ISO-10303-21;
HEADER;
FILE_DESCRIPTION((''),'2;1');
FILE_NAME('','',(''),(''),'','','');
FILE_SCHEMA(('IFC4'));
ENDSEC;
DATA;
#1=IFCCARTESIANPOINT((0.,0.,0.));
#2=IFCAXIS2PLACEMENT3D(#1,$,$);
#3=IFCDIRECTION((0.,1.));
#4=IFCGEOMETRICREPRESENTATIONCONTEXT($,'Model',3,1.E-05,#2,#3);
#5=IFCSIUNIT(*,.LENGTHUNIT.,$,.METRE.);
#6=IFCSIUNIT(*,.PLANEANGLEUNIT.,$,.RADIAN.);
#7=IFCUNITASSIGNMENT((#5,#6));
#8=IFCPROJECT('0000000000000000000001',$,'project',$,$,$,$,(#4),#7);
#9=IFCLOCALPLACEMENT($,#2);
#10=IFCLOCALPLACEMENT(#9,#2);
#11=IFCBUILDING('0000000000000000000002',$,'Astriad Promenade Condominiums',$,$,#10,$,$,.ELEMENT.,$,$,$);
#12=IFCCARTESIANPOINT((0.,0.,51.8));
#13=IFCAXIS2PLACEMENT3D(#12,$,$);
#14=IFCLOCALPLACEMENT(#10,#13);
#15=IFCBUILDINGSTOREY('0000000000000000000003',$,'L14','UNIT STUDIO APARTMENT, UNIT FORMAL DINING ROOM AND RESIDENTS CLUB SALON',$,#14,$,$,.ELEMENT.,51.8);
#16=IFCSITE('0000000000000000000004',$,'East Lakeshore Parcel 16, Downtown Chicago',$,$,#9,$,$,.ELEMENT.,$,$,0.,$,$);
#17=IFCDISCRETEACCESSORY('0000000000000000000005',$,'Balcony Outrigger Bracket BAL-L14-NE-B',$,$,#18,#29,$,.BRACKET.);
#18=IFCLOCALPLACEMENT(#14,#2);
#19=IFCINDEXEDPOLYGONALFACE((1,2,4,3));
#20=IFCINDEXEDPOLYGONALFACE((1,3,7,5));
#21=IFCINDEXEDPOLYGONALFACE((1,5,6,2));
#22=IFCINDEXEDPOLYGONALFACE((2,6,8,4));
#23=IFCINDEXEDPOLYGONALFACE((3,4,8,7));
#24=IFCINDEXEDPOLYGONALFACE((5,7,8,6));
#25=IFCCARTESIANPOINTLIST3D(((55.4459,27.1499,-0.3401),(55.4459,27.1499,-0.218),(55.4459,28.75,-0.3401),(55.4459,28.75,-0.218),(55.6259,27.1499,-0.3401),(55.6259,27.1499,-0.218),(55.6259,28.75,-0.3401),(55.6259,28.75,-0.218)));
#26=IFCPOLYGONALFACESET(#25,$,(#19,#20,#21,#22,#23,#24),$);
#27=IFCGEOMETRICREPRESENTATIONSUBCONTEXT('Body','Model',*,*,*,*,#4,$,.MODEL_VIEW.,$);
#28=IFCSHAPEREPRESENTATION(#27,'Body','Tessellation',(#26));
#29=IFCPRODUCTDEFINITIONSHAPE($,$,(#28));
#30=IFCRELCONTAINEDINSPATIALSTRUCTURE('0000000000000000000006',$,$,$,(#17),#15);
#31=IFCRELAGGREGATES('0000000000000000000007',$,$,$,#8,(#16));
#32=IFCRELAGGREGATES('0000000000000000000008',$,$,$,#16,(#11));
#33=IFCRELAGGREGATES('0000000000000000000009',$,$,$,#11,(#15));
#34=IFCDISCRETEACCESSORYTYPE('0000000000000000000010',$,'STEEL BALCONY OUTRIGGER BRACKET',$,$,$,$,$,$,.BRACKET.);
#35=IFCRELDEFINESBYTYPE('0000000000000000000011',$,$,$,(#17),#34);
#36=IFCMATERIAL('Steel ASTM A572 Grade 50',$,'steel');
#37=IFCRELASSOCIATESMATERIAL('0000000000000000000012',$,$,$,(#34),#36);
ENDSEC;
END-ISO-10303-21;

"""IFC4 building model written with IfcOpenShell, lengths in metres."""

from ifc_helpers import new_model, si_unit, direction, frame, origin, origin_2d, place, context, subcontext, project, spatial, rectangle, extrude, source, transform, mapped, material, type_object, type_shapes, element, save


model = new_model("IFC4")

# Units and contexts
model_context = context("Model", 3, precision=1e-05, world=origin(), true_north=direction((0.0, 1.0)))
body_context = subcontext(model_context, "Body", "Model", "MODEL_VIEW")
ifc_project = project(units=[si_unit("LENGTHUNIT", "METRE"), si_unit("PLANEANGLEUNIT", "RADIAN")], contexts=[model_context])

# Site, building, storey
site_placement = place(None, origin())
site = spatial("IfcSite", under=ifc_project, at=site_placement, Name="East Lakeshore Parcel 16, Downtown Chicago", CompositionType="ELEMENT", RefElevation=0.0)
building_placement = place(site_placement, origin())
building = spatial("IfcBuilding", under=site, at=building_placement, Name="Astriad Promenade Condominiums", CompositionType="ELEMENT")
storey_placement = place(building_placement, frame((0.0, 0.0, 51.8)))
storey = spatial("IfcBuildingStorey", under=building, at=storey_placement, Name="L14", Description="UNIT STUDIO APARTMENT, UNIT FORMAL DINING ROOM AND RESIDENTS CLUB SALON", CompositionType="ELEMENT", Elevation=51.8)

# Discrete accessory
ifc_material_1 = material(Name="Steel ASTM A572 Grade 50", Category="steel")
discrete_accessory_type = type_object("IfcDiscreteAccessoryType", Name="STEEL BALCONY OUTRIGGER BRACKET", PredefinedType="BRACKET", material=ifc_material_1)
shared_shape_1 = source(origin(), body_context, "Body", "SweptSolid", [
    extrude(rectangle(XDim=1.6001, YDim=0.1799, at=origin_2d()), origin(), (0.0, 0.0, 1.0), 0.1221),
])
type_shapes(discrete_accessory_type, [shared_shape_1])
discrete_accessory_placement = place(storey_placement, frame((55.5359, 27.95, -0.3401), z_axis=(0.0, 0.0, 1.0), x_axis=(0.0, 1.0, 0.0)))
element("IfcDiscreteAccessory", 1, at=discrete_accessory_placement, inside=storey, type_object=discrete_accessory_type, Name="Balcony Outrigger Bracket BAL-L14-NE-B", PredefinedType="BRACKET", context=body_context, shape_type="MappedRepresentation", body=[
    mapped(shared_shape_1, transform((0.0, 0.0, 0.0), scale=1.0)),
])

save(model, "model.ifc")
